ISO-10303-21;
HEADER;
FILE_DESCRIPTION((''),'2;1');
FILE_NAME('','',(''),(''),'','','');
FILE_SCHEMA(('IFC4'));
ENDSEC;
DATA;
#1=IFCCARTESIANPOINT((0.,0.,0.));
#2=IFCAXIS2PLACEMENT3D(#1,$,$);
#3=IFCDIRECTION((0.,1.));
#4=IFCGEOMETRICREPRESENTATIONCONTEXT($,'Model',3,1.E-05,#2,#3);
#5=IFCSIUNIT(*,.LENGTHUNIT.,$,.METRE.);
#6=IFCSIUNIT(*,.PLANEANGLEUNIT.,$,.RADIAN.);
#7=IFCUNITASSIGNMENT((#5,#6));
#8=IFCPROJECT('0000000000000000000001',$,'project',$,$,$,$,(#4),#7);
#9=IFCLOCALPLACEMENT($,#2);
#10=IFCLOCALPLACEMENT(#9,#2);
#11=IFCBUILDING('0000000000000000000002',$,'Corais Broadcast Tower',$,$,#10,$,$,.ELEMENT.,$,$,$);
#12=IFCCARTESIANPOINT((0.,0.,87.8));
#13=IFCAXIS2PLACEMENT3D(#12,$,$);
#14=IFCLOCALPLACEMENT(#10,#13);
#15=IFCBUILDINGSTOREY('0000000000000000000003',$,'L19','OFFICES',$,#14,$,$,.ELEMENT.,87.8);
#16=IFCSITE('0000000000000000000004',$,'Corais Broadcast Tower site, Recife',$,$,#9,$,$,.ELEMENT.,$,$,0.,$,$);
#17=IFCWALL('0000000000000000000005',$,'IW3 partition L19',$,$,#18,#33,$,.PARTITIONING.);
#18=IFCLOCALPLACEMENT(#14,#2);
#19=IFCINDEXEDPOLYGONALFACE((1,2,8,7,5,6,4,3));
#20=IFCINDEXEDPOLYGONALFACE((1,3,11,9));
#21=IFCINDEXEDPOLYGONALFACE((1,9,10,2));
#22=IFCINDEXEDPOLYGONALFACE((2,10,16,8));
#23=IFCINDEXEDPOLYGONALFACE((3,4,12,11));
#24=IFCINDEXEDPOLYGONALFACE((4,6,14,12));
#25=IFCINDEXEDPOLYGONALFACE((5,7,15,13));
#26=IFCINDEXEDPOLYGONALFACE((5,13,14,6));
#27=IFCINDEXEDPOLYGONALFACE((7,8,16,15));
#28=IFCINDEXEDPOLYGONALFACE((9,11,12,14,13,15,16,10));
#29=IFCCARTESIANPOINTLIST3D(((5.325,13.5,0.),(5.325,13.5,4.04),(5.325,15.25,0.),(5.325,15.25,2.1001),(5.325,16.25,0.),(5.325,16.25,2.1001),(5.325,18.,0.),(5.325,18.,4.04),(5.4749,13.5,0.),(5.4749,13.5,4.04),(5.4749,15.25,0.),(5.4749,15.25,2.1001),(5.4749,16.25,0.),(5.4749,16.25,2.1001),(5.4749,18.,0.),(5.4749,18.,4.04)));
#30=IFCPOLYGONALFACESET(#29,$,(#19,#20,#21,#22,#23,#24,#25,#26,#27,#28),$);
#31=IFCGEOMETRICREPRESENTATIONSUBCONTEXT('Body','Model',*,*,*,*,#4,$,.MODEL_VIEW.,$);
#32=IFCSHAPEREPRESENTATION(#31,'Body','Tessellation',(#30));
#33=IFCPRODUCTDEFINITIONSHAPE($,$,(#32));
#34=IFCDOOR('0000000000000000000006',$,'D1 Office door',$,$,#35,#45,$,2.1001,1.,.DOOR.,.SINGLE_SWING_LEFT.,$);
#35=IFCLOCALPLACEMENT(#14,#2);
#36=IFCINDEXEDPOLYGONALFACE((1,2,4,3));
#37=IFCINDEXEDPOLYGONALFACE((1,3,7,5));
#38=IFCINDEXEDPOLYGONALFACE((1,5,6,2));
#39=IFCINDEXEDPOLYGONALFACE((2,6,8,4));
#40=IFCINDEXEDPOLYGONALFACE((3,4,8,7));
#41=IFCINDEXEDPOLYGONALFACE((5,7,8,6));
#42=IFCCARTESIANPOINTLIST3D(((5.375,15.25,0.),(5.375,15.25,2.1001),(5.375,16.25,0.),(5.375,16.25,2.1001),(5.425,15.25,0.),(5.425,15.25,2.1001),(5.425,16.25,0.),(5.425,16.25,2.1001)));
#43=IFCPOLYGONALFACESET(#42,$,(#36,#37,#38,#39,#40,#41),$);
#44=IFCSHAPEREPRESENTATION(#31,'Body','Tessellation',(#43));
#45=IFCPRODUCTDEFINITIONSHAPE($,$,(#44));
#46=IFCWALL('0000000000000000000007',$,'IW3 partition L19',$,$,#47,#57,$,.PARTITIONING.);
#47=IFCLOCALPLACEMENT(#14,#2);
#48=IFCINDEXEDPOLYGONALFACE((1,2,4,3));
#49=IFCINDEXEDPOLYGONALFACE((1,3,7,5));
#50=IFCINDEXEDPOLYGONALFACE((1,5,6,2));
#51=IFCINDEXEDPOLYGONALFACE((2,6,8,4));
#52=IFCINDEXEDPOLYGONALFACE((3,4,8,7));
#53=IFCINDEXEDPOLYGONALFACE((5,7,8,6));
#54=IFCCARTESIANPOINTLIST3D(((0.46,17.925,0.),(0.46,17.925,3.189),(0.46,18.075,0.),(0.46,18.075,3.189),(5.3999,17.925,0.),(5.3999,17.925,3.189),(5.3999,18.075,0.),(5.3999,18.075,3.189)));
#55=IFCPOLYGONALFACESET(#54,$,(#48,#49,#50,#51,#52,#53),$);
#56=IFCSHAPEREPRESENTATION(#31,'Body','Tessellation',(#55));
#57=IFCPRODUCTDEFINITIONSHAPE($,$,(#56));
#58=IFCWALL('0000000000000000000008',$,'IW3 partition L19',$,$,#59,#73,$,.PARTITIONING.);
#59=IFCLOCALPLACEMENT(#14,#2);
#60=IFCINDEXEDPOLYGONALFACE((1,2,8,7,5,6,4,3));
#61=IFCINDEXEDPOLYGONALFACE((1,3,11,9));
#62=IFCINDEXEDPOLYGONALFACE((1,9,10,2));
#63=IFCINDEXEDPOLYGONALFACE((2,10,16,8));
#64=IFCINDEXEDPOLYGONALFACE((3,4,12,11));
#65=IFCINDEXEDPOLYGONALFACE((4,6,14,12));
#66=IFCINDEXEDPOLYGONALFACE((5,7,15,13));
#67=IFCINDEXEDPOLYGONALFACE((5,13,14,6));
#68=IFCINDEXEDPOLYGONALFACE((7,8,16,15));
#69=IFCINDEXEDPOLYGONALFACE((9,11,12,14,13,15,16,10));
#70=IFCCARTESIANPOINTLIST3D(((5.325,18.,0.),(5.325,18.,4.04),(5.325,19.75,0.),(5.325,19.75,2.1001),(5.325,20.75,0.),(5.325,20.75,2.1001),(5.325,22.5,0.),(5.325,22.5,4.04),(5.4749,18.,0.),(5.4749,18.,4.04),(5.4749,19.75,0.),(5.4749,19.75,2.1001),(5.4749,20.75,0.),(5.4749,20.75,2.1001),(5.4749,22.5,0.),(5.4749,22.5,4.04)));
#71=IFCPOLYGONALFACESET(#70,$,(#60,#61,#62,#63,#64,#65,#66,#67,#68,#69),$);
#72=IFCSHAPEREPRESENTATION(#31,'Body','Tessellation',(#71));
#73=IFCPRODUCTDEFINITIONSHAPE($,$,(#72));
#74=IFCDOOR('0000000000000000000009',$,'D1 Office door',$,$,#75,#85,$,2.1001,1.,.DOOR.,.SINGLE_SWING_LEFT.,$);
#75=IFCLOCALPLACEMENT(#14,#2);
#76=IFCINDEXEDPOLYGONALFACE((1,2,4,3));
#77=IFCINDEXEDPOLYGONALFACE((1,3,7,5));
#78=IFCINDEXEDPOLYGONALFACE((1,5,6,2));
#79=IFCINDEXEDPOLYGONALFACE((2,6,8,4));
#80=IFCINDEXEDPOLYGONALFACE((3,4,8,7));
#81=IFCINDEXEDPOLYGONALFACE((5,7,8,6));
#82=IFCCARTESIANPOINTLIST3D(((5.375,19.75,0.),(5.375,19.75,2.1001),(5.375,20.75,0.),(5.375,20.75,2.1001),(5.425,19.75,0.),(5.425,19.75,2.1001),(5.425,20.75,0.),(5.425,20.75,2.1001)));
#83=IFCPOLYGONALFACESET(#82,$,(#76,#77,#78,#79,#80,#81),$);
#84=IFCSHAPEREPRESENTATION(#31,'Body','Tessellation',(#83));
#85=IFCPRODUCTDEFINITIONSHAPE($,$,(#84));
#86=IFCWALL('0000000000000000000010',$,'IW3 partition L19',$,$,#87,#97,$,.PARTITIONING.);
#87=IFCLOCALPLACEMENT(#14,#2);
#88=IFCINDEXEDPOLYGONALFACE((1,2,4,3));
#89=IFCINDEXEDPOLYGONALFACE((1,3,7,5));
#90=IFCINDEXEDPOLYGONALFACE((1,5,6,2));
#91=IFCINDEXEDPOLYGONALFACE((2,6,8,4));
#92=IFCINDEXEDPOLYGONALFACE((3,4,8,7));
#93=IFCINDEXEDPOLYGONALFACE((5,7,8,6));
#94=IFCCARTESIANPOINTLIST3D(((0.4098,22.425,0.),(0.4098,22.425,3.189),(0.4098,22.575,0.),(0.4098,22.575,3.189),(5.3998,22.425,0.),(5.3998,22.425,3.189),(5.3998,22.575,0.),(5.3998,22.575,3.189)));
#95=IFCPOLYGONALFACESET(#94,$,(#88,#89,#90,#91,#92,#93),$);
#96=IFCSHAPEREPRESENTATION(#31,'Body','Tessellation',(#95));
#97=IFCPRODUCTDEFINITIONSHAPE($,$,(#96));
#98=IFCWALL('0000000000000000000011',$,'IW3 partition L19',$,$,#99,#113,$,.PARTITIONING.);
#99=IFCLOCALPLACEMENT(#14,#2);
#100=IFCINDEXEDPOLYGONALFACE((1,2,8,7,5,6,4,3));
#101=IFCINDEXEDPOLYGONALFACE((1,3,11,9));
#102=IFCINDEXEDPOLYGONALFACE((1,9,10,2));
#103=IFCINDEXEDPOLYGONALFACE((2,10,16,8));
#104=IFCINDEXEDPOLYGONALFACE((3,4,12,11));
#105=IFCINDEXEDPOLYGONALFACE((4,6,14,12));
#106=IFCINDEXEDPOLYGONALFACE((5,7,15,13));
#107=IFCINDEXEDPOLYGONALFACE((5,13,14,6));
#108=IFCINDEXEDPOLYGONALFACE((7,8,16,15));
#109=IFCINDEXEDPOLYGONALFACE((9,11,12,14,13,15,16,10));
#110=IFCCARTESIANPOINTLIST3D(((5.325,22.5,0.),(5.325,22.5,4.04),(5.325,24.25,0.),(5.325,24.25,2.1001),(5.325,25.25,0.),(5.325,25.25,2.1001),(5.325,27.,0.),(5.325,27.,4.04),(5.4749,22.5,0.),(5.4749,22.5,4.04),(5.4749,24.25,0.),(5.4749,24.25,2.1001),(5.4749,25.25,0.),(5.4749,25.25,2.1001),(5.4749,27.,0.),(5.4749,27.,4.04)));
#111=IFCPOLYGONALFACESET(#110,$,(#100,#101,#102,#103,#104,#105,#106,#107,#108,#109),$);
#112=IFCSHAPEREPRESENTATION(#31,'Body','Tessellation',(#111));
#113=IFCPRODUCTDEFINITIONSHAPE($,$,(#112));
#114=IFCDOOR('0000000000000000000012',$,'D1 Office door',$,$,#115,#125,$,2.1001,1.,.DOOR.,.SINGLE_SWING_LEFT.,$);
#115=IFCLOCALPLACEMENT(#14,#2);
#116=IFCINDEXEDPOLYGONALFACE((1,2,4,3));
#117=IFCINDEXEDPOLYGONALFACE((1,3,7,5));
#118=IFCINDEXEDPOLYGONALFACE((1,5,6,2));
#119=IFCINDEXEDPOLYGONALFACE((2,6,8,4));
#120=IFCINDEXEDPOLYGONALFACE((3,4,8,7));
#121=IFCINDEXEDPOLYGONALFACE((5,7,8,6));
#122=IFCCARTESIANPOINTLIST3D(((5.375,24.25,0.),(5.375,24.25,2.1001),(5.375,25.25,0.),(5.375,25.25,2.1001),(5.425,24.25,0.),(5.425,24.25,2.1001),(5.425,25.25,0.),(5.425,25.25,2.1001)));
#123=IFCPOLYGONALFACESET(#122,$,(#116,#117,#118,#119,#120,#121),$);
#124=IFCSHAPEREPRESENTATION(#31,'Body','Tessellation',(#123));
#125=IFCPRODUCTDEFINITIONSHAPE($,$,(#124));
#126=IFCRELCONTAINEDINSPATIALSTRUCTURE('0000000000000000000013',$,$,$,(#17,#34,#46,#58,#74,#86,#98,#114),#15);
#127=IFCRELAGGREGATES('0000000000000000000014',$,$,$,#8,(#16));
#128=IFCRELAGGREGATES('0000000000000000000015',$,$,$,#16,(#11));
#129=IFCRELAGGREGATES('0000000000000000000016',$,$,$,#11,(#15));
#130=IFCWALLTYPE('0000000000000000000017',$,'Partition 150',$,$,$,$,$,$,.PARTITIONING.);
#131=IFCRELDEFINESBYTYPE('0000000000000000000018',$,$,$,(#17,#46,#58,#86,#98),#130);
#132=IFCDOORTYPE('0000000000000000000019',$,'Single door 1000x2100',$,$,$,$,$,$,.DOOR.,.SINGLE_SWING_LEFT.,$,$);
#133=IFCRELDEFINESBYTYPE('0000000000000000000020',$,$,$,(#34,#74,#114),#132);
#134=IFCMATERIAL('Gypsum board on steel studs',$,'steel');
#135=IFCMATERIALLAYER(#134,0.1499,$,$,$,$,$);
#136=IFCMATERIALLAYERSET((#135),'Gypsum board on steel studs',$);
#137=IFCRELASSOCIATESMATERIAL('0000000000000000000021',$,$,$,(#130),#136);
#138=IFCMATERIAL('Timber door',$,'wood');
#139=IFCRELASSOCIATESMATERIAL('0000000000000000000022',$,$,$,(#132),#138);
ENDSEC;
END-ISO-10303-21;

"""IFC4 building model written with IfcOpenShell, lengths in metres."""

from ifc_helpers import new_model, si_unit, direction, frame, frame_2d, origin, place, context, subcontext, project, spatial, rectangle, extrude, material, layer, layer_set, type_object, element, fill, save


model = new_model("IFC4")

# Units and contexts
model_context = context("Model", 3, precision=1e-05, world=origin(), true_north=direction((0.0, 1.0)))
body_context = subcontext(model_context, "Body", "Model", "MODEL_VIEW")
ifc_project = project(units=[si_unit("LENGTHUNIT", "METRE"), si_unit("PLANEANGLEUNIT", "RADIAN")], contexts=[model_context])

# Site, building, storey
site_placement = place(None, origin())
site = spatial("IfcSite", under=ifc_project, at=site_placement, Name="Corais Broadcast Tower site, Recife", CompositionType="ELEMENT", RefElevation=0.0)
building_placement = place(site_placement, origin())
building = spatial("IfcBuilding", under=site, at=building_placement, Name="Corais Broadcast Tower", CompositionType="ELEMENT")
storey_placement = place(building_placement, frame((0.0, 0.0, 87.8)))
storey = spatial("IfcBuildingStorey", under=building, at=storey_placement, Name="L19", Description="OFFICES", CompositionType="ELEMENT", Elevation=87.8)

# Shared definitions
ifc_material_1 = material(Name="Gypsum board on steel studs", Category="steel")
ifc_layer_1 = layer(ifc_material_1, 0.1499)
ifc_layer_set_1 = layer_set([ifc_layer_1], Name="Gypsum board on steel studs")
wall_type = type_object("IfcWallType", Name="Partition 150", PredefinedType="PARTITIONING", material=ifc_layer_set_1)

# Shared definitions
ifc_material_2 = material(Name="Timber door", Category="wood")
door_type = type_object("IfcDoorType", Name="Single door 1000x2100", OperationType="SINGLE_SWING_LEFT", PredefinedType="DOOR", material=ifc_material_2)

# Wall, opening, door
wall_1_placement = place(storey_placement, frame((5.3999, 13.5, 0.0), z_axis=(0.0, 0.0, 1.0), x_axis=(0.0, 1.0, 0.0)))
wall_1 = element("IfcWall", 1, at=wall_1_placement, inside=storey, type_object=wall_type, Name="IW3 partition L19", PredefinedType="PARTITIONING", context=body_context, shape_type="SweptSolid", body=[
    extrude(rectangle(XDim=4.5, YDim=0.1499, at=frame_2d((2.25, 0.0))), origin(), (0.0, 0.0, 1.0), 4.04),
])
opening_1_placement = place(wall_1_placement, frame((1.75, 0.0, 0.0)))
opening_1 = element("IfcOpeningElement", 2, at=opening_1_placement, cuts=wall_1, PredefinedType="OPENING", context=body_context, shape_type="SweptSolid", body=[
    extrude(rectangle(XDim=1.0, YDim=2.1001, at=frame_2d((0.5, 1.05))), frame((0.0, 0.085, 0.0), z_axis=(0.0, -1.0, 0.0), x_axis=(1.0, 0.0, 0.0)), (0.0, 0.0, 1.0), 0.1699),
])
door_1_placement = place(opening_1_placement, origin())
door_1 = element("IfcDoor", 3, at=door_1_placement, inside=storey, type_object=door_type, Name="D1 Office door", OperationType="SINGLE_SWING_LEFT", OverallHeight=2.1001, OverallWidth=1.0, PredefinedType="DOOR", context=body_context, shape_type="SweptSolid", body=[
    extrude(rectangle(XDim=1.0, YDim=2.1001, at=frame_2d((0.5, 1.05))), frame((0.0, 0.0249, 0.0), z_axis=(0.0, -1.0, 0.0), x_axis=(1.0, 0.0, 0.0)), (0.0, 0.0, 1.0), 0.05),
])
fill(opening_1, door_1)

# Wall
wall_2_placement = place(storey_placement, frame((5.3999, 18.0, 0.0), z_axis=(0.0, 0.0, 1.0), x_axis=(-1.0, 0.0, 0.0)))
element("IfcWall", 4, at=wall_2_placement, inside=storey, type_object=wall_type, Name="IW3 partition L19", PredefinedType="PARTITIONING", context=body_context, shape_type="SweptSolid", body=[
    extrude(rectangle(XDim=4.9399, YDim=0.1499, at=frame_2d((2.47, 0.0))), origin(), (0.0, 0.0, 1.0), 3.189),
])

# Wall, opening, door
wall_3_placement = place(storey_placement, frame((5.3999, 18.0, 0.0), z_axis=(0.0, 0.0, 1.0), x_axis=(0.0, 1.0, 0.0)))
wall_3 = element("IfcWall", 5, at=wall_3_placement, inside=storey, type_object=wall_type, Name="IW3 partition L19", PredefinedType="PARTITIONING", context=body_context, shape_type="SweptSolid", body=[
    extrude(rectangle(XDim=4.5, YDim=0.1499, at=frame_2d((2.25, 0.0))), origin(), (0.0, 0.0, 1.0), 4.04),
])
opening_2_placement = place(wall_3_placement, frame((1.75, 0.0, 0.0)))
opening_2 = element("IfcOpeningElement", 6, at=opening_2_placement, cuts=wall_3, PredefinedType="OPENING", context=body_context, shape_type="SweptSolid", body=[
    extrude(rectangle(XDim=1.0, YDim=2.1001, at=frame_2d((0.5, 1.05))), frame((0.0, 0.085, 0.0), z_axis=(0.0, -1.0, 0.0), x_axis=(1.0, 0.0, 0.0)), (0.0, 0.0, 1.0), 0.1699),
])
door_2_placement = place(opening_2_placement, origin())
door_2 = element("IfcDoor", 7, at=door_2_placement, inside=storey, type_object=door_type, Name="D1 Office door", OperationType="SINGLE_SWING_LEFT", OverallHeight=2.1001, OverallWidth=1.0, PredefinedType="DOOR", context=body_context, shape_type="SweptSolid", body=[
    extrude(rectangle(XDim=1.0, YDim=2.1001, at=frame_2d((0.5, 1.05))), frame((0.0, 0.0249, 0.0), z_axis=(0.0, -1.0, 0.0), x_axis=(1.0, 0.0, 0.0)), (0.0, 0.0, 1.0), 0.05),
])
fill(opening_2, door_2)

# Wall
wall_4_placement = place(storey_placement, frame((5.3999, 22.5, 0.0), z_axis=(0.0, 0.0, 1.0), x_axis=(-1.0, 0.0, 0.0)))
element("IfcWall", 8, at=wall_4_placement, inside=storey, type_object=wall_type, Name="IW3 partition L19", PredefinedType="PARTITIONING", context=body_context, shape_type="SweptSolid", body=[
    extrude(rectangle(XDim=4.99, YDim=0.1499, at=frame_2d((2.4951, 0.0))), origin(), (0.0, 0.0, 1.0), 3.189),
])

# Wall, opening, door
wall_5_placement = place(storey_placement, frame((5.3999, 22.5, 0.0), z_axis=(0.0, 0.0, 1.0), x_axis=(0.0, 1.0, 0.0)))
wall_5 = element("IfcWall", 9, at=wall_5_placement, inside=storey, type_object=wall_type, Name="IW3 partition L19", PredefinedType="PARTITIONING", context=body_context, shape_type="SweptSolid", body=[
    extrude(rectangle(XDim=4.5, YDim=0.1499, at=frame_2d((2.25, 0.0))), origin(), (0.0, 0.0, 1.0), 4.04),
])
opening_3_placement = place(wall_5_placement, frame((1.75, 0.0, 0.0)))
opening_3 = element("IfcOpeningElement", 10, at=opening_3_placement, cuts=wall_5, PredefinedType="OPENING", context=body_context, shape_type="SweptSolid", body=[
    extrude(rectangle(XDim=1.0, YDim=2.1001, at=frame_2d((0.5, 1.05))), frame((0.0, 0.085, 0.0), z_axis=(0.0, -1.0, 0.0), x_axis=(1.0, 0.0, 0.0)), (0.0, 0.0, 1.0), 0.1699),
])
door_3_placement = place(opening_3_placement, origin())
door_3 = element("IfcDoor", 11, at=door_3_placement, inside=storey, type_object=door_type, Name="D1 Office door", OperationType="SINGLE_SWING_LEFT", OverallHeight=2.1001, OverallWidth=1.0, PredefinedType="DOOR", context=body_context, shape_type="SweptSolid", body=[
    extrude(rectangle(XDim=1.0, YDim=2.1001, at=frame_2d((0.5, 1.05))), frame((0.0, 0.0249, 0.0), z_axis=(0.0, -1.0, 0.0), x_axis=(1.0, 0.0, 0.0)), (0.0, 0.0, 1.0), 0.05),
])
fill(opening_3, door_3)

save(model, "model.ifc")
